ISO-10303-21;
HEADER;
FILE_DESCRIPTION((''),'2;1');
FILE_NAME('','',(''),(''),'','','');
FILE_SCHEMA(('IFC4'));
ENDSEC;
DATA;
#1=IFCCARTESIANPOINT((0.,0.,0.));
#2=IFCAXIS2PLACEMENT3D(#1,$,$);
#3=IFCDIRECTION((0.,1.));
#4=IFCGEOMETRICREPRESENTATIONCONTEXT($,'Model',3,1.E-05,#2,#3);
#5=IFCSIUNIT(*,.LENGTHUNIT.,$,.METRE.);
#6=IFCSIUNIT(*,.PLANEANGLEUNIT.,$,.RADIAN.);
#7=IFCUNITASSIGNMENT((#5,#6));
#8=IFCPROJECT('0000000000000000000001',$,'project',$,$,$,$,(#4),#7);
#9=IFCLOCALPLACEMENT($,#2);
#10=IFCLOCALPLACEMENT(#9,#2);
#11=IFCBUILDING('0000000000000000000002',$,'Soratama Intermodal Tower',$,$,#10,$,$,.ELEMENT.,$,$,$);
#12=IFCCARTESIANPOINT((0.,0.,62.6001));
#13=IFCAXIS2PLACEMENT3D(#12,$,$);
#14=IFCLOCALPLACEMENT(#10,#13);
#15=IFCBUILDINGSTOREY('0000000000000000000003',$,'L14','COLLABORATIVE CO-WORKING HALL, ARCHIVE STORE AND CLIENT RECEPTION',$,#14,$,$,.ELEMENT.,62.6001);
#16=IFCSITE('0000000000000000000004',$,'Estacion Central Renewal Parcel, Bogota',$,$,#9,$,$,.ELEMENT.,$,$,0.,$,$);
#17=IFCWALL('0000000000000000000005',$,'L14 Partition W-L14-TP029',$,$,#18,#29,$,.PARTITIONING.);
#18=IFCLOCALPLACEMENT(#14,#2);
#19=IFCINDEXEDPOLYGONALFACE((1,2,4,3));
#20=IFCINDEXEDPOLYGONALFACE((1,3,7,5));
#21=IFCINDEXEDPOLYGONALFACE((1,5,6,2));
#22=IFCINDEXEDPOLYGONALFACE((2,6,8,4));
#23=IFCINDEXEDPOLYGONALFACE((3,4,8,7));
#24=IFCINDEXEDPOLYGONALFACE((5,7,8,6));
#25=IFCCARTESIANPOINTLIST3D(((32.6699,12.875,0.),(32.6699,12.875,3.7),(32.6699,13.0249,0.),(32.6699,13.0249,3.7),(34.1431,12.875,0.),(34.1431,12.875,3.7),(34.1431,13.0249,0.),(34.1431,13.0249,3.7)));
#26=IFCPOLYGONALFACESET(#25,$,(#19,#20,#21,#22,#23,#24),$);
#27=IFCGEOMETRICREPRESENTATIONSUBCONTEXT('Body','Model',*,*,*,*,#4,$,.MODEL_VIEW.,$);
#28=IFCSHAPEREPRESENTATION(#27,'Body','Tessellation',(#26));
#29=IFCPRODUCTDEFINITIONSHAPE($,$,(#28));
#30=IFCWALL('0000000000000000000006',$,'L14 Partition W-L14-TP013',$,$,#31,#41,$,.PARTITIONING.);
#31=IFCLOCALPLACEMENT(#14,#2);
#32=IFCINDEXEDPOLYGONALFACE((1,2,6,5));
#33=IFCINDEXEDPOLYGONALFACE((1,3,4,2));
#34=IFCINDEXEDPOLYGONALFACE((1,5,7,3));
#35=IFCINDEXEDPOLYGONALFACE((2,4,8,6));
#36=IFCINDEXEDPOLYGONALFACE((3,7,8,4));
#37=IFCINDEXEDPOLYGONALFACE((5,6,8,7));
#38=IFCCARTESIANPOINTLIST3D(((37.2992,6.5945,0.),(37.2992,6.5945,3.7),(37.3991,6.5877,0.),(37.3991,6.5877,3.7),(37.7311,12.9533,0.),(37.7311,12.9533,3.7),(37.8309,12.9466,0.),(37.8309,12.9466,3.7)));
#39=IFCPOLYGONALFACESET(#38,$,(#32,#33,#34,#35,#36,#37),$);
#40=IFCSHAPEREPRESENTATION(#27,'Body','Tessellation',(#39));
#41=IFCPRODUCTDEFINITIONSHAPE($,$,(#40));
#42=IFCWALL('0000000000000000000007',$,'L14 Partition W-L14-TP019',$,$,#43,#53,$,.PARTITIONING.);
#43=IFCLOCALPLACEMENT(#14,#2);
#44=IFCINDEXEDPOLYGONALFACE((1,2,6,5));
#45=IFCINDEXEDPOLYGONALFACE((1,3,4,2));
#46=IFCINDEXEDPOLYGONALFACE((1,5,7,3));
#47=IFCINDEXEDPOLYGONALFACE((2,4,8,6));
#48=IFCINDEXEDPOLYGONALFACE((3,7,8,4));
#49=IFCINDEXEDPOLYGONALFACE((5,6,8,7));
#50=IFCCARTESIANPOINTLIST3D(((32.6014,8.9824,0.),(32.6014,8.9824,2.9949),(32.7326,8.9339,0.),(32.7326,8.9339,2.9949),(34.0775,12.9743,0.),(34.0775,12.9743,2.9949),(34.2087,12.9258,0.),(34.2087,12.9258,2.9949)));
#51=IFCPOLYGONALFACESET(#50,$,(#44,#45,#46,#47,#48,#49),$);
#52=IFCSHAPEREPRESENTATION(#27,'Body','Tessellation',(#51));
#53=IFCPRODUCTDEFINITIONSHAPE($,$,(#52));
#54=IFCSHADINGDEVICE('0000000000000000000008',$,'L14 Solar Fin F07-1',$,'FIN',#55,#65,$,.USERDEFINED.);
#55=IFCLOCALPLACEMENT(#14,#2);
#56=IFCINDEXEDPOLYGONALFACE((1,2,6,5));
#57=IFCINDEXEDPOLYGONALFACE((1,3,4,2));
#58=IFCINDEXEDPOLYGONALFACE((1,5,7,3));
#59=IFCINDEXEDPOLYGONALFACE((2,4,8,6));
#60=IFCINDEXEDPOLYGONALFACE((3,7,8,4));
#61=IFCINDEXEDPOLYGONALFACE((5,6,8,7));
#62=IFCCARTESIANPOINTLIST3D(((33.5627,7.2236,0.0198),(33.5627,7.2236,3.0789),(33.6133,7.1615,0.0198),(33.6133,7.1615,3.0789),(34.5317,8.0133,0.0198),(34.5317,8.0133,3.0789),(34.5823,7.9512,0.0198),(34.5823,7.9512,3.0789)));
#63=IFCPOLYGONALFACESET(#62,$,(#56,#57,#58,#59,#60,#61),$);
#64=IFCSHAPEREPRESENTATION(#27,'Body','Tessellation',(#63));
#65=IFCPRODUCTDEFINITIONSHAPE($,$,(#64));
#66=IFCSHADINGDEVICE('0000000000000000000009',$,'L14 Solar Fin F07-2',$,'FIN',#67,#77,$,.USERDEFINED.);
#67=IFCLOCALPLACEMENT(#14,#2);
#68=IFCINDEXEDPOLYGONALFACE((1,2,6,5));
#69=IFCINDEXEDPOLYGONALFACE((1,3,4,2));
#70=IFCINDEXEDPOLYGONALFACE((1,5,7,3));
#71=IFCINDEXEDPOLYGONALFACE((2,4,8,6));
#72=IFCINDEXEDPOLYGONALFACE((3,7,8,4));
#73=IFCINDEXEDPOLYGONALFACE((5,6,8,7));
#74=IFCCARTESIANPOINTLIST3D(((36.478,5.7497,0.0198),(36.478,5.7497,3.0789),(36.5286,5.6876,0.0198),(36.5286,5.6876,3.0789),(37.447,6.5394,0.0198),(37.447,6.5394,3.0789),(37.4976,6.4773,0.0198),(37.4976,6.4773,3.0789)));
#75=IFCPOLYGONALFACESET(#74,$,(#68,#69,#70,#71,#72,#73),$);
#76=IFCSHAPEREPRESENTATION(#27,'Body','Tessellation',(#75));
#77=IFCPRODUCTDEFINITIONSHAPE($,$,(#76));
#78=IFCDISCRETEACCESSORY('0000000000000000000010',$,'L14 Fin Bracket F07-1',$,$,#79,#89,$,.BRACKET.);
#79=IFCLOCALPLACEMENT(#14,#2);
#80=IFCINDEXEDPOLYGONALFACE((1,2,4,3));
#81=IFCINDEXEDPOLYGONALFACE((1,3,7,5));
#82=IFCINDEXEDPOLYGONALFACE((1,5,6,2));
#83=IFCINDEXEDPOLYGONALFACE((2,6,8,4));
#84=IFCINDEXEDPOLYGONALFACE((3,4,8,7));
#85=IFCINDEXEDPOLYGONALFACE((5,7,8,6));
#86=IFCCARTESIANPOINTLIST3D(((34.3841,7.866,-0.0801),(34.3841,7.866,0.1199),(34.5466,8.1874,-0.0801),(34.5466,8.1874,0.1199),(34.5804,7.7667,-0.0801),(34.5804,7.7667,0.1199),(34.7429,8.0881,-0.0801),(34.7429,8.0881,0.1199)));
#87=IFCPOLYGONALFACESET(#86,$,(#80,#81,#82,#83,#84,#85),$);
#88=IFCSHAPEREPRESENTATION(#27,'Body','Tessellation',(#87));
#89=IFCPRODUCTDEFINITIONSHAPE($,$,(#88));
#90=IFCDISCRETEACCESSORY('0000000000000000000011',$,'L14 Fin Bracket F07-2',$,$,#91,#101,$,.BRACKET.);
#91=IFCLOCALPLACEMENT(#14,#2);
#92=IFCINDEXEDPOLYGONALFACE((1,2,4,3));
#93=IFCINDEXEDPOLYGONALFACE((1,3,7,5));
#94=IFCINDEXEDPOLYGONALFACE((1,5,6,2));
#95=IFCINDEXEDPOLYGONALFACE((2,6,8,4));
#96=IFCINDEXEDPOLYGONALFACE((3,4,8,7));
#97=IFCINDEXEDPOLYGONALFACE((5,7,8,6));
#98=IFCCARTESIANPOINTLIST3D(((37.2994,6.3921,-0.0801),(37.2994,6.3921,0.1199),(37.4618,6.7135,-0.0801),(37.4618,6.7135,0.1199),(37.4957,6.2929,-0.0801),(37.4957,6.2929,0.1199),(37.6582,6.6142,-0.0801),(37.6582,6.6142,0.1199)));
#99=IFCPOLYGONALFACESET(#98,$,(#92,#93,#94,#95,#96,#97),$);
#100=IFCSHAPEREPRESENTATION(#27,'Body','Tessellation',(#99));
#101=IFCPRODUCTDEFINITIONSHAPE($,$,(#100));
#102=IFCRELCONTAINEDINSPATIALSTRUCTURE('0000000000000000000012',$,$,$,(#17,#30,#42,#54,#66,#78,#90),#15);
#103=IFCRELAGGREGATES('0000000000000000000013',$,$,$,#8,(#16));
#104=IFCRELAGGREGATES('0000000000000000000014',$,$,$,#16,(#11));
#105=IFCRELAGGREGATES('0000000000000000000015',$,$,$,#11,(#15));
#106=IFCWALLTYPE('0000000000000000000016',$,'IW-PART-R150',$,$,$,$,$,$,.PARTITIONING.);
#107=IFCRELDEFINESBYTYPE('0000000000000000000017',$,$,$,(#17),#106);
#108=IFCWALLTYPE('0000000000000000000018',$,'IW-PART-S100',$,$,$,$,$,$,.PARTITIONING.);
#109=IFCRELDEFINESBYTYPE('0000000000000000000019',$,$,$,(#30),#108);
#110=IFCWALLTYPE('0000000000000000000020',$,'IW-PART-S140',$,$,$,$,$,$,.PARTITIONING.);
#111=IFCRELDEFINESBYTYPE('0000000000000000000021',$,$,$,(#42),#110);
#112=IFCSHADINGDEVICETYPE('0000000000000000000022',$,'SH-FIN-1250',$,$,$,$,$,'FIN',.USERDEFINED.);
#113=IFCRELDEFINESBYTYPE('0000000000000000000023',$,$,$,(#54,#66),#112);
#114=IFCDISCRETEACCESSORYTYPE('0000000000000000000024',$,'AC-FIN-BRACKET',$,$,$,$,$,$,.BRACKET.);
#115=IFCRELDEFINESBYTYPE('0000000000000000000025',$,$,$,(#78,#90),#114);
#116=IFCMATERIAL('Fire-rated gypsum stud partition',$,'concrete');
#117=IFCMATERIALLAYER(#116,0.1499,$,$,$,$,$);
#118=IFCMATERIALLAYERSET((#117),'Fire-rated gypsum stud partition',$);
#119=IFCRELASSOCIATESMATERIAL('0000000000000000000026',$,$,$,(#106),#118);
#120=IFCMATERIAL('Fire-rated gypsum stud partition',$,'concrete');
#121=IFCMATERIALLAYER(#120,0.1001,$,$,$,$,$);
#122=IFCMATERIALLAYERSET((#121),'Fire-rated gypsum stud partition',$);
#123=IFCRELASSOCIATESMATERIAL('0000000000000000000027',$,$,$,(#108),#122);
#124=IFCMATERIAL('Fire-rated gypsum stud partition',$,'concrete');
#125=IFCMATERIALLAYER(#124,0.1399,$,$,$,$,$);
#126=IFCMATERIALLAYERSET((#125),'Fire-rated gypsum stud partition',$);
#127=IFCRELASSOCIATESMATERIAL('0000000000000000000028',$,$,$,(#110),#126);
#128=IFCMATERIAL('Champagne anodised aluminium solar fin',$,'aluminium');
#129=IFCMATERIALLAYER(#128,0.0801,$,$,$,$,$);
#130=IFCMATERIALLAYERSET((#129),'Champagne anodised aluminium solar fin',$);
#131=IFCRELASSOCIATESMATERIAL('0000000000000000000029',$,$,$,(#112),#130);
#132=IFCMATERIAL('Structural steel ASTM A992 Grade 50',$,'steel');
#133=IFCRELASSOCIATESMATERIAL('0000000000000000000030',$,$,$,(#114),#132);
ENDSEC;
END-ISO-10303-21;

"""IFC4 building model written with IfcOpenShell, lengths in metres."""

from ifc_helpers import new_model, si_unit, direction, frame, frame_2d, origin, origin_2d, place, context, subcontext, project, spatial, rectangle, extrude, material, layer, layer_set, type_object, element, save


model = new_model("IFC4")

# Units and contexts
model_context = context("Model", 3, precision=1e-05, world=origin(), true_north=direction((0.0, 1.0)))
body_context = subcontext(model_context, "Body", "Model", "MODEL_VIEW")
ifc_project = project(units=[si_unit("LENGTHUNIT", "METRE"), si_unit("PLANEANGLEUNIT", "RADIAN")], contexts=[model_context])

# Site, building, storey
site_placement = place(None, origin())
site = spatial("IfcSite", under=ifc_project, at=site_placement, Name="Estacion Central Renewal Parcel, Bogota", CompositionType="ELEMENT", RefElevation=0.0)
building_placement = place(site_placement, origin())
building = spatial("IfcBuilding", under=site, at=building_placement, Name="Soratama Intermodal Tower", CompositionType="ELEMENT")
storey_placement = place(building_placement, frame((0.0, 0.0, 62.6001)))
storey = spatial("IfcBuildingStorey", under=building, at=storey_placement, Name="L14", Description="COLLABORATIVE CO-WORKING HALL, ARCHIVE STORE AND CLIENT RECEPTION", CompositionType="ELEMENT", Elevation=62.6001)

# Shared definitions
ifc_material_1 = material(Name="Fire-rated gypsum stud partition", Category="concrete")
ifc_layer_1 = layer(ifc_material_1, 0.1499)
ifc_layer_set_1 = layer_set([ifc_layer_1], Name="Fire-rated gypsum stud partition")
wall_type_1 = type_object("IfcWallType", Name="IW-PART-R150", PredefinedType="PARTITIONING", material=ifc_layer_set_1)

# Walls
wall_1_placement = place(storey_placement, frame((34.1431, 12.95, 0.0), z_axis=(0.0, 0.0, 1.0), x_axis=(-1.0, 0.0, 0.0)))
element("IfcWall", 1, at=wall_1_placement, inside=storey, type_object=wall_type_1, Name="L14 Partition W-L14-TP029", PredefinedType="PARTITIONING", context=body_context, shape_type="SweptSolid", body=[
    extrude(rectangle(XDim=1.4731, YDim=0.1499, at=frame_2d((0.7366, 0.0))), origin(), (0.0, 0.0, 1.0), 3.7),
])
ifc_material_2 = material(Name="Fire-rated gypsum stud partition", Category="concrete")
ifc_layer_2 = layer(ifc_material_2, 0.1001)
ifc_layer_set_2 = layer_set([ifc_layer_2], Name="Fire-rated gypsum stud partition")
wall_type_2 = type_object("IfcWallType", Name="IW-PART-S100", PredefinedType="PARTITIONING", material=ifc_layer_set_2)
wall_2_placement = place(storey_placement, frame((37.781, 12.95, 0.0), z_axis=(0.0, 0.0, 1.0), x_axis=(-0.067762, -0.997702, 0.0)))
element("IfcWall", 2, at=wall_2_placement, inside=storey, type_object=wall_type_2, Name="L14 Partition W-L14-TP013", PredefinedType="PARTITIONING", context=body_context, shape_type="SweptSolid", body=[
    extrude(rectangle(XDim=6.3735, YDim=0.1001, at=frame_2d((3.1868, 0.0))), origin(), (0.0, 0.0, 1.0), 3.7),
])
ifc_material_3 = material(Name="Fire-rated gypsum stud partition", Category="concrete")
ifc_layer_3 = layer(ifc_material_3, 0.1399)
ifc_layer_set_3 = layer_set([ifc_layer_3], Name="Fire-rated gypsum stud partition")
wall_type_3 = type_object("IfcWallType", Name="IW-PART-S140", PredefinedType="PARTITIONING", material=ifc_layer_set_3)
wall_3_placement = place(storey_placement, frame((34.1431, 12.95, 0.0), z_axis=(0.0, 0.0, 1.0), x_axis=(-0.346814, -0.937934, 0.0)))
element("IfcWall", 3, at=wall_3_placement, inside=storey, type_object=wall_type_3, Name="L14 Partition W-L14-TP019", PredefinedType="PARTITIONING", context=body_context, shape_type="SweptSolid", body=[
    extrude(rectangle(XDim=4.2561, YDim=0.1399, at=frame_2d((2.1279, 0.0))), origin(), (0.0, 0.0, 1.0), 2.9949),
])

# Shading devices
ifc_material_4 = material(Name="Champagne anodised aluminium solar fin", Category="aluminium")
ifc_layer_4 = layer(ifc_material_4, 0.0801)
ifc_layer_set_4 = layer_set([ifc_layer_4], Name="Champagne anodised aluminium solar fin")
shading_device_type = type_object("IfcShadingDeviceType", Name="SH-FIN-1250", ElementType="FIN", PredefinedType="USERDEFINED", material=ifc_layer_set_4)
for number, where, z_axis, x_axis, name in (
    (4, (34.0725, 7.5874, 0.0198), (0.0, 0.0, 1.0), (-0.775165, -0.631759, 0.0), "L14 Solar Fin F07-1"),
    (5, (36.9878, 6.1135, 0.0198), (0.0, 0.0, 1.0), (-0.775165, -0.631759, 0.0), "L14 Solar Fin F07-2"),
):
    element("IfcShadingDevice", number, at=place(storey_placement, frame(where, z_axis=z_axis, x_axis=x_axis)), inside=storey, type_object=shading_device_type, Name=name, ObjectType="FIN", PredefinedType="USERDEFINED", context=body_context, shape_type="SweptSolid", body=[
        extrude(rectangle(XDim=1.25, YDim=0.0801, at=origin_2d()), origin(), (0.0, 0.0, 1.0), 3.0591),
    ])

# Discrete accessories
ifc_material_5 = material(Name="Structural steel ASTM A992 Grade 50", Category="steel")
discrete_accessory_type = type_object("IfcDiscreteAccessoryType", Name="AC-FIN-BRACKET", PredefinedType="BRACKET", material=ifc_material_5)
for number, where, z_axis, x_axis, name in (
    (6, (34.5635, 7.9771, -0.0801), (0.0, 0.0, 1.0), (-0.451189, -0.892428, 0.0), "L14 Fin Bracket F07-1"),
    (7, (37.4788, 6.5032, -0.0801), (0.0, 0.0, 1.0), (-0.451189, -0.892428, 0.0), "L14 Fin Bracket F07-2"),
):
    element("IfcDiscreteAccessory", number, at=place(storey_placement, frame(where, z_axis=z_axis, x_axis=x_axis)), inside=storey, type_object=discrete_accessory_type, Name=name, PredefinedType="BRACKET", context=body_context, shape_type="SweptSolid", body=[
        extrude(rectangle(XDim=0.3601, YDim=0.22, at=origin_2d()), origin(), (0.0, 0.0, 1.0), 0.2),
    ])

save(model, "model.ifc")
